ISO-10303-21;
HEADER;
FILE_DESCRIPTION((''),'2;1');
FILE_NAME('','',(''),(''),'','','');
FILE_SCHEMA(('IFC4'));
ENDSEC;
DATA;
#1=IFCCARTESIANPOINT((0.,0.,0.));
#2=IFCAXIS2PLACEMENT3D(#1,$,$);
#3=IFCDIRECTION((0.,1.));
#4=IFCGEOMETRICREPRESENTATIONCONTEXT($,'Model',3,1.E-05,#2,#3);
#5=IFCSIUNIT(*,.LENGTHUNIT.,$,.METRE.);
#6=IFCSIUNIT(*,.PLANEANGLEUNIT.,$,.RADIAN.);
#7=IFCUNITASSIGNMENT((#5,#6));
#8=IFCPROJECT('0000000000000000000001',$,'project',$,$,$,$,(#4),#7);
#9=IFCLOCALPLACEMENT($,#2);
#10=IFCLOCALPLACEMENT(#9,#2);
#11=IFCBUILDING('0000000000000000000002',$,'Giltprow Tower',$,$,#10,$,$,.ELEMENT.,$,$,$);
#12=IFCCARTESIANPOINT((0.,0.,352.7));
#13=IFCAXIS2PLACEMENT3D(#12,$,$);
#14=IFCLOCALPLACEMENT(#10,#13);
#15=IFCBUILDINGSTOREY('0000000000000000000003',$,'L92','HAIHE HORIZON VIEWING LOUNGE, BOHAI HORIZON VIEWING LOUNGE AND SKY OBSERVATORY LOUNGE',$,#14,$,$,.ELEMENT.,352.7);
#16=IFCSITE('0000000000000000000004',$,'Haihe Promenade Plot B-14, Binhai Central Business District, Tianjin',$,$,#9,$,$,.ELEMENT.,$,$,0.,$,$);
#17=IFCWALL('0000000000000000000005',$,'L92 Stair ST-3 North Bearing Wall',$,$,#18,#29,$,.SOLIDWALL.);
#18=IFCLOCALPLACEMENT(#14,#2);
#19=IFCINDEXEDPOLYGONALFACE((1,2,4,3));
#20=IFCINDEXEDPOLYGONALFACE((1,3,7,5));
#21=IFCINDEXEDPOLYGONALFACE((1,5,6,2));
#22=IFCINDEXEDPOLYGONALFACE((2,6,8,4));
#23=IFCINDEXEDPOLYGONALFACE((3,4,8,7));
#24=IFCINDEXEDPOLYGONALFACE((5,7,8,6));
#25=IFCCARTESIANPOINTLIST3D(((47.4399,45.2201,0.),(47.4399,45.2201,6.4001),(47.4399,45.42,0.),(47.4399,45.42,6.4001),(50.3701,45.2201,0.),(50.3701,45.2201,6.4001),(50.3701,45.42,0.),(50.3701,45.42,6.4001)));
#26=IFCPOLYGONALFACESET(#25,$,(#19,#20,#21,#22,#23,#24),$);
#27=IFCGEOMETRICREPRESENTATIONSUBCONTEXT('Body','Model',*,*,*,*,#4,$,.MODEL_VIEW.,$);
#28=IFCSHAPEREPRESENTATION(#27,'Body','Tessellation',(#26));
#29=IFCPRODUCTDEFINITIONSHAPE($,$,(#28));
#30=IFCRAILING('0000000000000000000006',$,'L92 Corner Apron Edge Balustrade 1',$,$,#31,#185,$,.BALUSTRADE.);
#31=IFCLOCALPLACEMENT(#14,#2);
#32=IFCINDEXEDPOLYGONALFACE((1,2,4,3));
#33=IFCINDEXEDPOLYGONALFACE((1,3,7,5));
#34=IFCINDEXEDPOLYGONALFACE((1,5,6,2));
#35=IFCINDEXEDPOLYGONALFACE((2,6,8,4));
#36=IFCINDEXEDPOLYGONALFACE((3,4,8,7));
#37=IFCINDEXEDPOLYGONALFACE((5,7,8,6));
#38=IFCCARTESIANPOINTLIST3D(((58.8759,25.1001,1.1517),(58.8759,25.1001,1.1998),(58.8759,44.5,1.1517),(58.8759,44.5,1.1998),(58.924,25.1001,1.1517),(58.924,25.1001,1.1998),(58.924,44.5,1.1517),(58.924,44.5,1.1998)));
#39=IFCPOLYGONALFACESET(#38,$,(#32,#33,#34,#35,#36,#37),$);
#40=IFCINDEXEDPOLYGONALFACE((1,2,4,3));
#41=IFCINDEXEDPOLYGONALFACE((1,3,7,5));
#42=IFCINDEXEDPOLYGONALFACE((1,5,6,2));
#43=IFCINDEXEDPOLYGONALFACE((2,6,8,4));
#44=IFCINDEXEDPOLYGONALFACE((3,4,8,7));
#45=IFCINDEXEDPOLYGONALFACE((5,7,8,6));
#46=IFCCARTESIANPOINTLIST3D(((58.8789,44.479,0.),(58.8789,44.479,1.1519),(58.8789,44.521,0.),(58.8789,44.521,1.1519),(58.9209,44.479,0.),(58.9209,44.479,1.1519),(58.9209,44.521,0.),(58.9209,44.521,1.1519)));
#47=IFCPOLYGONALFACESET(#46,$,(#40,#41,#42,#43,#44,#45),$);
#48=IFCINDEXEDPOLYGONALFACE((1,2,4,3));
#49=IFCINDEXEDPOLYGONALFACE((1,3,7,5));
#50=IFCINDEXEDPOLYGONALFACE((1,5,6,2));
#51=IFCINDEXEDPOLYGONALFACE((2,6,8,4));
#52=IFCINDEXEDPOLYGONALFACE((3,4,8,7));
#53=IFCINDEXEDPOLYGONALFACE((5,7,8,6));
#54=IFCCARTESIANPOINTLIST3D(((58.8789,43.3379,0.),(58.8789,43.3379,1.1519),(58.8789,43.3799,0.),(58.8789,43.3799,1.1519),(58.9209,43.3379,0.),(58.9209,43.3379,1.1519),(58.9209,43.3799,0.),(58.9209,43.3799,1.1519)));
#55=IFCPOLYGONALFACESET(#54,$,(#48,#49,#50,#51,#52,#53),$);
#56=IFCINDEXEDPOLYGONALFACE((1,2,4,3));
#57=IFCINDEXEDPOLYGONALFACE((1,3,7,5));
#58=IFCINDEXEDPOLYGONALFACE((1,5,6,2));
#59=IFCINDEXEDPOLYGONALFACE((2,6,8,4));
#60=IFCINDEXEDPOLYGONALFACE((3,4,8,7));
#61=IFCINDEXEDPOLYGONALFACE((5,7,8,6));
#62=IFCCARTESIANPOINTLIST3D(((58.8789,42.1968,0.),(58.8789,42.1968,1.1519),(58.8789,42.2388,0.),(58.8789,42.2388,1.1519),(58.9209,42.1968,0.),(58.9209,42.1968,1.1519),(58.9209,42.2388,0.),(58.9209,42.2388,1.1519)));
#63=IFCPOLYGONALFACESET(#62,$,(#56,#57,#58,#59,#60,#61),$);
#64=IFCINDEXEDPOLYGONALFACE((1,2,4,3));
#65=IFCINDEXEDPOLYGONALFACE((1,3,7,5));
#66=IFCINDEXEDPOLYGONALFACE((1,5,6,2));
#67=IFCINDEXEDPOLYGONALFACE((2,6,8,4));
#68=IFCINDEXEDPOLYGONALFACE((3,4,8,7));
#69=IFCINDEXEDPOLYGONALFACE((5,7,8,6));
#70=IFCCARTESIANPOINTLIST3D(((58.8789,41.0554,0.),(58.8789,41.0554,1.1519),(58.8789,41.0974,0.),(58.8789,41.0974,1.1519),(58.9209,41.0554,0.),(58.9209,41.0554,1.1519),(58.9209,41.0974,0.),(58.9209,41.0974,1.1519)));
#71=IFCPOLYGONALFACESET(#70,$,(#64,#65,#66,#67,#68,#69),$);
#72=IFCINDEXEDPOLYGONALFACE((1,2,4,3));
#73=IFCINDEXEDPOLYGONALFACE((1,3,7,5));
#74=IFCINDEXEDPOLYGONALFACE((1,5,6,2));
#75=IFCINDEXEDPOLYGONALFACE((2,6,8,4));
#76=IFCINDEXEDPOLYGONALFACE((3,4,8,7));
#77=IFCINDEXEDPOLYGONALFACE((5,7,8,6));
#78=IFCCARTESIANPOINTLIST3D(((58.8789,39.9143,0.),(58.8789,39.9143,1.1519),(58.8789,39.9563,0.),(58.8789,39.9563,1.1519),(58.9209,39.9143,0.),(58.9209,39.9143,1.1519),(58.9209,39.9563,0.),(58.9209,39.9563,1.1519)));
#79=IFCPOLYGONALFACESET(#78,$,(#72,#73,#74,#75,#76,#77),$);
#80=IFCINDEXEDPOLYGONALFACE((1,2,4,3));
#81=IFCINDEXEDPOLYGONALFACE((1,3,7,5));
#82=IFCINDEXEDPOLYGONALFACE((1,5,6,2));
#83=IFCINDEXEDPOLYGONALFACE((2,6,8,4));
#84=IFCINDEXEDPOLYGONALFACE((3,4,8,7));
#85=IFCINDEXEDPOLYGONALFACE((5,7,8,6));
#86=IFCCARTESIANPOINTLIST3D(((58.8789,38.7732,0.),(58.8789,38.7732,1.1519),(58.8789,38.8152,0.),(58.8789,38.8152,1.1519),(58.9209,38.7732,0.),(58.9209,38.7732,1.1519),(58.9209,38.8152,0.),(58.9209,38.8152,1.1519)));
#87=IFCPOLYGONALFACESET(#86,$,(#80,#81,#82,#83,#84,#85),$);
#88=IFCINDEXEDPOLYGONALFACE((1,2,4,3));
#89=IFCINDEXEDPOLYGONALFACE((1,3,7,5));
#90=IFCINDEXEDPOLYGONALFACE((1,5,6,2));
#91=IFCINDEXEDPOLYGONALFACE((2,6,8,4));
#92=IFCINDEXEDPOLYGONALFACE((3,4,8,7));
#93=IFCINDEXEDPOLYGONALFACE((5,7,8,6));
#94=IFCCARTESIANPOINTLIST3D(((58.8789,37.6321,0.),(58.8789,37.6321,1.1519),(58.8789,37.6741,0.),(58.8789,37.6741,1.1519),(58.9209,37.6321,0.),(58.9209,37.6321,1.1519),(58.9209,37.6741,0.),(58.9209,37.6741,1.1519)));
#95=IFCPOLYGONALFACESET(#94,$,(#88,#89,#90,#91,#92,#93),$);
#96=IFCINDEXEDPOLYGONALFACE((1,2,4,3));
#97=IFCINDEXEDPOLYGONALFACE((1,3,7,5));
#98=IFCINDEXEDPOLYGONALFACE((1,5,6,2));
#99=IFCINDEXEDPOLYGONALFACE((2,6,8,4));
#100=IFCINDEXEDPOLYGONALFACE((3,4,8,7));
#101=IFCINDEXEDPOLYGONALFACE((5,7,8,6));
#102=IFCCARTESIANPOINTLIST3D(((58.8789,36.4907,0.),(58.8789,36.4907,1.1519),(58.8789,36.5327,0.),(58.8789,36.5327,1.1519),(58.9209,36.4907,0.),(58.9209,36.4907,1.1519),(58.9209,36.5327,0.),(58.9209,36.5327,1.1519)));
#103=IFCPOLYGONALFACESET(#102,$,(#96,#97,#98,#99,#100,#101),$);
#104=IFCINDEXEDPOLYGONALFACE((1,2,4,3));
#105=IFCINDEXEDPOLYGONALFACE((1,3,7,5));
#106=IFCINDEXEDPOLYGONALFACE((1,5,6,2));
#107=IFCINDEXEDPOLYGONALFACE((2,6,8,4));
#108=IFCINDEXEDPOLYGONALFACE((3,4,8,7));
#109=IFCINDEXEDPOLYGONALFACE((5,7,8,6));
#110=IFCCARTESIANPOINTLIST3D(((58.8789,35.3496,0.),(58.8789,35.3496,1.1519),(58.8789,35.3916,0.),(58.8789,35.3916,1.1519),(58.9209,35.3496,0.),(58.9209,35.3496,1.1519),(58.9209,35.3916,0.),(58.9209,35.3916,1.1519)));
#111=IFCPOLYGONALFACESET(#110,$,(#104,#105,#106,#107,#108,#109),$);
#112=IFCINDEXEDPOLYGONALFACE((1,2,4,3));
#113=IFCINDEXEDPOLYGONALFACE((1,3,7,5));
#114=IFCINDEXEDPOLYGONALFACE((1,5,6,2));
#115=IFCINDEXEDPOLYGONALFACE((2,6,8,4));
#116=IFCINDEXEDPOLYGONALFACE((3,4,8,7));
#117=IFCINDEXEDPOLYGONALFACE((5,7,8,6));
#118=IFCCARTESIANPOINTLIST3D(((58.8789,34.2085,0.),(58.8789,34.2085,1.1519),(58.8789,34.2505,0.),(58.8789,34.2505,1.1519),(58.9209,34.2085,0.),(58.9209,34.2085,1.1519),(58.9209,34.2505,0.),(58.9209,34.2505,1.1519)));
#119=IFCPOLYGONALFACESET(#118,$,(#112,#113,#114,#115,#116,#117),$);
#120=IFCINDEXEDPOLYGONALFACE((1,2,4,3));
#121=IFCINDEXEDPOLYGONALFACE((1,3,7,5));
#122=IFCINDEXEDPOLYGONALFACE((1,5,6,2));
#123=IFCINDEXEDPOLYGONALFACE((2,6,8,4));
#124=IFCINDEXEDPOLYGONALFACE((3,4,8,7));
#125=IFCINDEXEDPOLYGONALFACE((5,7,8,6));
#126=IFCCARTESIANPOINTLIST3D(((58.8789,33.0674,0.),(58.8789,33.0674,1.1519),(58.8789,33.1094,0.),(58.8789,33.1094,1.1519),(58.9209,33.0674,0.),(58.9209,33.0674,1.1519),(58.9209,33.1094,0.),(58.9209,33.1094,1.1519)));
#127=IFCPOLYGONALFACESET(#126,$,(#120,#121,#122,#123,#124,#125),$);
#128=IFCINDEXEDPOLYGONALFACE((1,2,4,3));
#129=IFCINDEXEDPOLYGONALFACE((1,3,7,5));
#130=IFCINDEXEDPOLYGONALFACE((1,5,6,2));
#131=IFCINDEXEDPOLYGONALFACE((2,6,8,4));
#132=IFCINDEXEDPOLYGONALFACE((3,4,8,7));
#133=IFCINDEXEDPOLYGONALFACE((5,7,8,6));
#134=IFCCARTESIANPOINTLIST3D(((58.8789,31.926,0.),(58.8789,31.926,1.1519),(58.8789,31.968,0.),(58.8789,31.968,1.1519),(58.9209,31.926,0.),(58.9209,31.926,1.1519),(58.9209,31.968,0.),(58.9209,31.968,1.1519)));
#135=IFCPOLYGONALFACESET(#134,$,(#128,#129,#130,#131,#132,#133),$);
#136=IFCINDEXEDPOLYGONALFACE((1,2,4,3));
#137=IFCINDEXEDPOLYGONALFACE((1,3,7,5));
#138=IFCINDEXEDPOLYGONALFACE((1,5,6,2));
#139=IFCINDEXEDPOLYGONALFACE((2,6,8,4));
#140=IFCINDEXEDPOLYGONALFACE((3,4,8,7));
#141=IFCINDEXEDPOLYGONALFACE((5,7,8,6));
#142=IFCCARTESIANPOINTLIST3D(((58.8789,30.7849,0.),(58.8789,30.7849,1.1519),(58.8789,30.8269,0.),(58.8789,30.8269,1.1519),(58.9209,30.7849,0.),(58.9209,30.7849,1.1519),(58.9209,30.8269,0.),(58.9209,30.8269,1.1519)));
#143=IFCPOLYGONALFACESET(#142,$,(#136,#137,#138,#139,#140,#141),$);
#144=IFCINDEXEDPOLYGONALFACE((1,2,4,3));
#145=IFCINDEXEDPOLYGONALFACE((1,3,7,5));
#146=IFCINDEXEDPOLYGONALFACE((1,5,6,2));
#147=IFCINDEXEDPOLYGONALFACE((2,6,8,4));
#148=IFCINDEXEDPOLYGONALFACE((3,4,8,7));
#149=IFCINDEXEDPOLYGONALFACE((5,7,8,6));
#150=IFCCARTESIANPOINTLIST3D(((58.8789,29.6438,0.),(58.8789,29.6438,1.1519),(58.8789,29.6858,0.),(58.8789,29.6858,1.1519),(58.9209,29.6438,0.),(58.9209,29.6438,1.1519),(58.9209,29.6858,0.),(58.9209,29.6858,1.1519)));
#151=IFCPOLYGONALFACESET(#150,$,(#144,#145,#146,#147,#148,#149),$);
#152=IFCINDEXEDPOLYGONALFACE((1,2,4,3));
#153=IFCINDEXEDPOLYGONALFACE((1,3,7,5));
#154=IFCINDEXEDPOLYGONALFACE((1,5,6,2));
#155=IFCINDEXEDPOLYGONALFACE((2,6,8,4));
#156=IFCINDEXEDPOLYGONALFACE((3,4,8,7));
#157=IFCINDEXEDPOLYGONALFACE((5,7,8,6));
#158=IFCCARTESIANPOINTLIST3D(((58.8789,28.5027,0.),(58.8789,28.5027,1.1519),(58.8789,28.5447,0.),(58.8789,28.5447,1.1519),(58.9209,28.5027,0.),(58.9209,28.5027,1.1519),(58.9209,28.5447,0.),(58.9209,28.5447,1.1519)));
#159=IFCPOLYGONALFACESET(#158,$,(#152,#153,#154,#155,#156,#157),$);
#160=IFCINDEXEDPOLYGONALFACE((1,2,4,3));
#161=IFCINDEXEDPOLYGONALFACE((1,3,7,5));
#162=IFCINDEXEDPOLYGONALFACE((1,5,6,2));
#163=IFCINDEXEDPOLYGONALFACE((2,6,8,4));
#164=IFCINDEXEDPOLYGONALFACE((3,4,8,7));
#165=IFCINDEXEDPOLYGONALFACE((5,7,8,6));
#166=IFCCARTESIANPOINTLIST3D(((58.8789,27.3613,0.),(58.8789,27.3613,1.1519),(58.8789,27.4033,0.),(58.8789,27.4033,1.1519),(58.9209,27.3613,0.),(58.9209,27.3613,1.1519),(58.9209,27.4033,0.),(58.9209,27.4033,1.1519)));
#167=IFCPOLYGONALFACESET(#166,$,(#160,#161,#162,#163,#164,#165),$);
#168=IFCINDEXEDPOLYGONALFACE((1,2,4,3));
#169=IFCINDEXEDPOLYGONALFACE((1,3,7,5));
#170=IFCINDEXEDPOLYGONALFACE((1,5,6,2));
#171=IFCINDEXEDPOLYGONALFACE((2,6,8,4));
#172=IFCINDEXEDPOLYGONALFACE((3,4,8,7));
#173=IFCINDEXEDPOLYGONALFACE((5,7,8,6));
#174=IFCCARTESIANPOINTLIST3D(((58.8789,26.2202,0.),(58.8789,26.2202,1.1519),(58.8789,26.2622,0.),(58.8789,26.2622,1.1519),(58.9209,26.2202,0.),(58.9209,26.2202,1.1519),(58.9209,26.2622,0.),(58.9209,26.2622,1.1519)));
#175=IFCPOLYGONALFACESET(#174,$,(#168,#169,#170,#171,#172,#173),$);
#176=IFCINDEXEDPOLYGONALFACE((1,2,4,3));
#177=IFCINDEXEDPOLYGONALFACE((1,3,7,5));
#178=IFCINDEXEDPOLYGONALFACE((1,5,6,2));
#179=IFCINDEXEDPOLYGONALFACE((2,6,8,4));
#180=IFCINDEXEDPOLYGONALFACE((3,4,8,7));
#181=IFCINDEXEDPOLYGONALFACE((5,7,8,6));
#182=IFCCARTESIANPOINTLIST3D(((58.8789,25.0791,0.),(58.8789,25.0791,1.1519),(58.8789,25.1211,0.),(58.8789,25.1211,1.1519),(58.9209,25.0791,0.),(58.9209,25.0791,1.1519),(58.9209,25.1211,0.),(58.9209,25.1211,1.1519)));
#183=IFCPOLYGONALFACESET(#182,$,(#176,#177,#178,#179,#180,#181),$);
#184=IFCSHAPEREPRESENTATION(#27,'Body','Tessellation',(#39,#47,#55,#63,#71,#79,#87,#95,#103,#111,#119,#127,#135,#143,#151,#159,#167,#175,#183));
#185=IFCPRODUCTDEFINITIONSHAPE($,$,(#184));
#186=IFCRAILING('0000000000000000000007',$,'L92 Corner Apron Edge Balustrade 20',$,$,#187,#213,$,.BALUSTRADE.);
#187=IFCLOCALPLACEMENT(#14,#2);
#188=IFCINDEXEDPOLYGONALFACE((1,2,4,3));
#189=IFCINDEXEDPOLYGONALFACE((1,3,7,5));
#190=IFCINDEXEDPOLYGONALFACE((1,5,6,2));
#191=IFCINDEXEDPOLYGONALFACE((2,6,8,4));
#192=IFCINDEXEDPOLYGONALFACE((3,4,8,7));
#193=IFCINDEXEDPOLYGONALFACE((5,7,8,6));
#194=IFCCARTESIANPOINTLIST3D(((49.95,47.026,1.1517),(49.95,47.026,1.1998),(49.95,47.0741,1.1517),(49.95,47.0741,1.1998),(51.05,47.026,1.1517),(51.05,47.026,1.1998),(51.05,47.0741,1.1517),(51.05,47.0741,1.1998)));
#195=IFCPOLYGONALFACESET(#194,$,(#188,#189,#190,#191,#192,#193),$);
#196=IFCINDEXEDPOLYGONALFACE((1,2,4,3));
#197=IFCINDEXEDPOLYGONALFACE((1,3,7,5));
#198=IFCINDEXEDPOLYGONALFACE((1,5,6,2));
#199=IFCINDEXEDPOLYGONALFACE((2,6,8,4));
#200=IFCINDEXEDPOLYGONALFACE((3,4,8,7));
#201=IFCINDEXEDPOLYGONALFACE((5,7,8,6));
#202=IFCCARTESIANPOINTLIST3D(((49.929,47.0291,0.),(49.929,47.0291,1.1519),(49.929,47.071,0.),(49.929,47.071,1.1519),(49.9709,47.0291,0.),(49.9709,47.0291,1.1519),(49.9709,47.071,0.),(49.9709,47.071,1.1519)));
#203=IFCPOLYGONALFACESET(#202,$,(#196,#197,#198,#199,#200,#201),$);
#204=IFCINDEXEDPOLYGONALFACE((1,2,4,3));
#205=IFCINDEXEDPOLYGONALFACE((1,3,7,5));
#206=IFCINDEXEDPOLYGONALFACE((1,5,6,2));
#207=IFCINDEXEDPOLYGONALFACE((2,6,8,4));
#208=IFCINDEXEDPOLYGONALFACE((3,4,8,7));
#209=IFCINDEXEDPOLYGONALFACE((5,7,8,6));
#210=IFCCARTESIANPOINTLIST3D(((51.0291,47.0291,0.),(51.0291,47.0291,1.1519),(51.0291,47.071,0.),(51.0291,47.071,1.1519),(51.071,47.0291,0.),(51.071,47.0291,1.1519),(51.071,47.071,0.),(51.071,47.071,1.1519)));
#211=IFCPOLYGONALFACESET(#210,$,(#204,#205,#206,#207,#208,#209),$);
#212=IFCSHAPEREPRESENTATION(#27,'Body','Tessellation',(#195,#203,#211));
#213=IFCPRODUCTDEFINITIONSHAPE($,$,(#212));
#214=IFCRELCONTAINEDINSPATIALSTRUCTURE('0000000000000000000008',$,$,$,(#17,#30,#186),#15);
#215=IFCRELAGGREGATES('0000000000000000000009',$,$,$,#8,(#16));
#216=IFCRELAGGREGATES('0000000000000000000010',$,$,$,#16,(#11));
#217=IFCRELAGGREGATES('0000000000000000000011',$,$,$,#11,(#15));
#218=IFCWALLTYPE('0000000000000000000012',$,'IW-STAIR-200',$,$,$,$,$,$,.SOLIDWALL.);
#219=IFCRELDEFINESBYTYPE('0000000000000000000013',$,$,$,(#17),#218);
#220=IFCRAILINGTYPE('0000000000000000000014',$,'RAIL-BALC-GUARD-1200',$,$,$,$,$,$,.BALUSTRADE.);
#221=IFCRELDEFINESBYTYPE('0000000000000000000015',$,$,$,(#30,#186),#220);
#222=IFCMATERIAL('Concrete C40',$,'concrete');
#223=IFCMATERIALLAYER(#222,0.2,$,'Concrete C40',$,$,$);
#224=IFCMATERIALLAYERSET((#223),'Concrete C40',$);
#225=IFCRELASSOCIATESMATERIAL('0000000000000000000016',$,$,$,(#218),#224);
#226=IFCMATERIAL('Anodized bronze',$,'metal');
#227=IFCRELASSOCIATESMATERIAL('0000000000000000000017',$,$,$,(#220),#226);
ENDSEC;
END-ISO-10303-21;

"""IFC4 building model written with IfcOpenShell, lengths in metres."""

from ifc_helpers import new_model, si_unit, direction, frame, frame_2d, origin, origin_2d, place, context, subcontext, project, spatial, rectangle, extrude, material, layer, layer_set, type_object, element, save


model = new_model("IFC4")

# Units and contexts
model_context = context("Model", 3, precision=1e-05, world=origin(), true_north=direction((0.0, 1.0)))
body_context = subcontext(model_context, "Body", "Model", "MODEL_VIEW")
ifc_project = project(units=[si_unit("LENGTHUNIT", "METRE"), si_unit("PLANEANGLEUNIT", "RADIAN")], contexts=[model_context])

# Site, building, storey
site_placement = place(None, origin())
site = spatial("IfcSite", under=ifc_project, at=site_placement, Name="Haihe Promenade Plot B-14, Binhai Central Business District, Tianjin", CompositionType="ELEMENT", RefElevation=0.0)
building_placement = place(site_placement, origin())
building = spatial("IfcBuilding", under=site, at=building_placement, Name="Giltprow Tower", CompositionType="ELEMENT")
storey_placement = place(building_placement, frame((0.0, 0.0, 352.7)))
storey = spatial("IfcBuildingStorey", under=building, at=storey_placement, Name="L92", Description="HAIHE HORIZON VIEWING LOUNGE, BOHAI HORIZON VIEWING LOUNGE AND SKY OBSERVATORY LOUNGE", CompositionType="ELEMENT", Elevation=352.7)

# Shared definitions
ifc_material_1 = material(Name="Anodized bronze", Category="metal")

# Wall
ifc_material_2 = material(Name="Concrete C40", Category="concrete")
ifc_layer_1 = layer(ifc_material_2, 0.2, Name="Concrete C40")
ifc_layer_set_1 = layer_set([ifc_layer_1], Name="Concrete C40")
wall_type_1 = type_object("IfcWallType", Name="IW-STAIR-200", PredefinedType="SOLIDWALL", material=ifc_layer_set_1)
wall_1_placement = place(storey_placement, frame((47.4399, 45.3201, 0.0), z_axis=(0.0, 0.0, 1.0), x_axis=(1.0, 0.0, 0.0)))
element("IfcWall", 1, at=wall_1_placement, inside=storey, type_object=wall_type_1, Name="L92 Stair ST-3 North Bearing Wall", PredefinedType="SOLIDWALL", context=body_context, shape_type="SweptSolid", body=[
    extrude(rectangle(XDim=2.9302, YDim=0.2, at=frame_2d((1.4651, 0.0))), origin(), (0.0, 0.0, 1.0), 6.4001),
])

# Railings
railing_type = type_object("IfcRailingType", Name="RAIL-BALC-GUARD-1200", PredefinedType="BALUSTRADE", material=ifc_material_1)
railing_1_placement = place(storey_placement, frame((58.8999, 44.5, 0.0)))
element("IfcRailing", 2, at=railing_1_placement, inside=storey, type_object=railing_type, Name="L92 Corner Apron Edge Balustrade 1", PredefinedType="BALUSTRADE", context=body_context, shape_type="SweptSolid", body=[
    extrude(rectangle(XDim=0.0481, YDim=0.0481, at=origin_2d()), frame((0.0, 0.0, 1.1758), z_axis=(0.0, -1.0, 0.0), x_axis=(1.0, 0.0, 0.0)), (0.0, 0.0, 1.0), 19.3999),
    extrude(rectangle(XDim=0.042, YDim=0.042, at=origin_2d()), origin(), (0.0, 0.0, 1.0), 1.1519),
    extrude(rectangle(XDim=0.042, YDim=0.042, at=origin_2d()), frame((0.0, -1.1411, 0.0)), (0.0, 0.0, 1.0), 1.1519),
    extrude(rectangle(XDim=0.042, YDim=0.042, at=origin_2d()), frame((0.0, -2.2822, 0.0)), (0.0, 0.0, 1.0), 1.1519),
    extrude(rectangle(XDim=0.042, YDim=0.042, at=origin_2d()), frame((0.0, -3.4236, 0.0)), (0.0, 0.0, 1.0), 1.1519),
    extrude(rectangle(XDim=0.042, YDim=0.042, at=origin_2d()), frame((0.0, -4.5647, 0.0)), (0.0, 0.0, 1.0), 1.1519),
    extrude(rectangle(XDim=0.042, YDim=0.042, at=origin_2d()), frame((0.0, -5.7058, 0.0)), (0.0, 0.0, 1.0), 1.1519),
    extrude(rectangle(XDim=0.042, YDim=0.042, at=origin_2d()), frame((0.0, -6.8469, 0.0)), (0.0, 0.0, 1.0), 1.1519),
    extrude(rectangle(XDim=0.042, YDim=0.042, at=origin_2d()), frame((0.0, -7.9883, 0.0)), (0.0, 0.0, 1.0), 1.1519),
    extrude(rectangle(XDim=0.042, YDim=0.042, at=origin_2d()), frame((0.0, -9.1294, 0.0)), (0.0, 0.0, 1.0), 1.1519),
    extrude(rectangle(XDim=0.042, YDim=0.042, at=origin_2d()), frame((0.0, -10.2705, 0.0)), (0.0, 0.0, 1.0), 1.1519),
    extrude(rectangle(XDim=0.042, YDim=0.042, at=origin_2d()), frame((0.0, -11.4116, 0.0)), (0.0, 0.0, 1.0), 1.1519),
    extrude(rectangle(XDim=0.042, YDim=0.042, at=origin_2d()), frame((0.0, -12.553, 0.0)), (0.0, 0.0, 1.0), 1.1519),
    extrude(rectangle(XDim=0.042, YDim=0.042, at=origin_2d()), frame((0.0, -13.6941, 0.0)), (0.0, 0.0, 1.0), 1.1519),
    extrude(rectangle(XDim=0.042, YDim=0.042, at=origin_2d()), frame((0.0, -14.8352, 0.0)), (0.0, 0.0, 1.0), 1.1519),
    extrude(rectangle(XDim=0.042, YDim=0.042, at=origin_2d()), frame((0.0, -15.9763, 0.0)), (0.0, 0.0, 1.0), 1.1519),
    extrude(rectangle(XDim=0.042, YDim=0.042, at=origin_2d()), frame((0.0, -17.1177, 0.0)), (0.0, 0.0, 1.0), 1.1519),
    extrude(rectangle(XDim=0.042, YDim=0.042, at=origin_2d()), frame((0.0, -18.2588, 0.0)), (0.0, 0.0, 1.0), 1.1519),
    extrude(rectangle(XDim=0.042, YDim=0.042, at=origin_2d()), frame((0.0, -19.3999, 0.0)), (0.0, 0.0, 1.0), 1.1519),
])
railing_2_placement = place(storey_placement, frame((49.95, 47.05, 0.0)))
element("IfcRailing", 3, at=railing_2_placement, inside=storey, type_object=railing_type, Name="L92 Corner Apron Edge Balustrade 20", PredefinedType="BALUSTRADE", context=body_context, shape_type="SweptSolid", body=[
    extrude(rectangle(XDim=0.0481, YDim=0.0481, at=origin_2d()), frame((0.0, 0.0, 1.1758), z_axis=(1.0, 0.0, 0.0), x_axis=(0.0, 1.0, 0.0)), (0.0, 0.0, 1.0), 1.1001),
    extrude(rectangle(XDim=0.042, YDim=0.042, at=origin_2d()), origin(), (0.0, 0.0, 1.0), 1.1519),
    extrude(rectangle(XDim=0.042, YDim=0.042, at=origin_2d()), frame((1.1001, 0.0, 0.0)), (0.0, 0.0, 1.0), 1.1519),
])

save(model, "model.ifc")
